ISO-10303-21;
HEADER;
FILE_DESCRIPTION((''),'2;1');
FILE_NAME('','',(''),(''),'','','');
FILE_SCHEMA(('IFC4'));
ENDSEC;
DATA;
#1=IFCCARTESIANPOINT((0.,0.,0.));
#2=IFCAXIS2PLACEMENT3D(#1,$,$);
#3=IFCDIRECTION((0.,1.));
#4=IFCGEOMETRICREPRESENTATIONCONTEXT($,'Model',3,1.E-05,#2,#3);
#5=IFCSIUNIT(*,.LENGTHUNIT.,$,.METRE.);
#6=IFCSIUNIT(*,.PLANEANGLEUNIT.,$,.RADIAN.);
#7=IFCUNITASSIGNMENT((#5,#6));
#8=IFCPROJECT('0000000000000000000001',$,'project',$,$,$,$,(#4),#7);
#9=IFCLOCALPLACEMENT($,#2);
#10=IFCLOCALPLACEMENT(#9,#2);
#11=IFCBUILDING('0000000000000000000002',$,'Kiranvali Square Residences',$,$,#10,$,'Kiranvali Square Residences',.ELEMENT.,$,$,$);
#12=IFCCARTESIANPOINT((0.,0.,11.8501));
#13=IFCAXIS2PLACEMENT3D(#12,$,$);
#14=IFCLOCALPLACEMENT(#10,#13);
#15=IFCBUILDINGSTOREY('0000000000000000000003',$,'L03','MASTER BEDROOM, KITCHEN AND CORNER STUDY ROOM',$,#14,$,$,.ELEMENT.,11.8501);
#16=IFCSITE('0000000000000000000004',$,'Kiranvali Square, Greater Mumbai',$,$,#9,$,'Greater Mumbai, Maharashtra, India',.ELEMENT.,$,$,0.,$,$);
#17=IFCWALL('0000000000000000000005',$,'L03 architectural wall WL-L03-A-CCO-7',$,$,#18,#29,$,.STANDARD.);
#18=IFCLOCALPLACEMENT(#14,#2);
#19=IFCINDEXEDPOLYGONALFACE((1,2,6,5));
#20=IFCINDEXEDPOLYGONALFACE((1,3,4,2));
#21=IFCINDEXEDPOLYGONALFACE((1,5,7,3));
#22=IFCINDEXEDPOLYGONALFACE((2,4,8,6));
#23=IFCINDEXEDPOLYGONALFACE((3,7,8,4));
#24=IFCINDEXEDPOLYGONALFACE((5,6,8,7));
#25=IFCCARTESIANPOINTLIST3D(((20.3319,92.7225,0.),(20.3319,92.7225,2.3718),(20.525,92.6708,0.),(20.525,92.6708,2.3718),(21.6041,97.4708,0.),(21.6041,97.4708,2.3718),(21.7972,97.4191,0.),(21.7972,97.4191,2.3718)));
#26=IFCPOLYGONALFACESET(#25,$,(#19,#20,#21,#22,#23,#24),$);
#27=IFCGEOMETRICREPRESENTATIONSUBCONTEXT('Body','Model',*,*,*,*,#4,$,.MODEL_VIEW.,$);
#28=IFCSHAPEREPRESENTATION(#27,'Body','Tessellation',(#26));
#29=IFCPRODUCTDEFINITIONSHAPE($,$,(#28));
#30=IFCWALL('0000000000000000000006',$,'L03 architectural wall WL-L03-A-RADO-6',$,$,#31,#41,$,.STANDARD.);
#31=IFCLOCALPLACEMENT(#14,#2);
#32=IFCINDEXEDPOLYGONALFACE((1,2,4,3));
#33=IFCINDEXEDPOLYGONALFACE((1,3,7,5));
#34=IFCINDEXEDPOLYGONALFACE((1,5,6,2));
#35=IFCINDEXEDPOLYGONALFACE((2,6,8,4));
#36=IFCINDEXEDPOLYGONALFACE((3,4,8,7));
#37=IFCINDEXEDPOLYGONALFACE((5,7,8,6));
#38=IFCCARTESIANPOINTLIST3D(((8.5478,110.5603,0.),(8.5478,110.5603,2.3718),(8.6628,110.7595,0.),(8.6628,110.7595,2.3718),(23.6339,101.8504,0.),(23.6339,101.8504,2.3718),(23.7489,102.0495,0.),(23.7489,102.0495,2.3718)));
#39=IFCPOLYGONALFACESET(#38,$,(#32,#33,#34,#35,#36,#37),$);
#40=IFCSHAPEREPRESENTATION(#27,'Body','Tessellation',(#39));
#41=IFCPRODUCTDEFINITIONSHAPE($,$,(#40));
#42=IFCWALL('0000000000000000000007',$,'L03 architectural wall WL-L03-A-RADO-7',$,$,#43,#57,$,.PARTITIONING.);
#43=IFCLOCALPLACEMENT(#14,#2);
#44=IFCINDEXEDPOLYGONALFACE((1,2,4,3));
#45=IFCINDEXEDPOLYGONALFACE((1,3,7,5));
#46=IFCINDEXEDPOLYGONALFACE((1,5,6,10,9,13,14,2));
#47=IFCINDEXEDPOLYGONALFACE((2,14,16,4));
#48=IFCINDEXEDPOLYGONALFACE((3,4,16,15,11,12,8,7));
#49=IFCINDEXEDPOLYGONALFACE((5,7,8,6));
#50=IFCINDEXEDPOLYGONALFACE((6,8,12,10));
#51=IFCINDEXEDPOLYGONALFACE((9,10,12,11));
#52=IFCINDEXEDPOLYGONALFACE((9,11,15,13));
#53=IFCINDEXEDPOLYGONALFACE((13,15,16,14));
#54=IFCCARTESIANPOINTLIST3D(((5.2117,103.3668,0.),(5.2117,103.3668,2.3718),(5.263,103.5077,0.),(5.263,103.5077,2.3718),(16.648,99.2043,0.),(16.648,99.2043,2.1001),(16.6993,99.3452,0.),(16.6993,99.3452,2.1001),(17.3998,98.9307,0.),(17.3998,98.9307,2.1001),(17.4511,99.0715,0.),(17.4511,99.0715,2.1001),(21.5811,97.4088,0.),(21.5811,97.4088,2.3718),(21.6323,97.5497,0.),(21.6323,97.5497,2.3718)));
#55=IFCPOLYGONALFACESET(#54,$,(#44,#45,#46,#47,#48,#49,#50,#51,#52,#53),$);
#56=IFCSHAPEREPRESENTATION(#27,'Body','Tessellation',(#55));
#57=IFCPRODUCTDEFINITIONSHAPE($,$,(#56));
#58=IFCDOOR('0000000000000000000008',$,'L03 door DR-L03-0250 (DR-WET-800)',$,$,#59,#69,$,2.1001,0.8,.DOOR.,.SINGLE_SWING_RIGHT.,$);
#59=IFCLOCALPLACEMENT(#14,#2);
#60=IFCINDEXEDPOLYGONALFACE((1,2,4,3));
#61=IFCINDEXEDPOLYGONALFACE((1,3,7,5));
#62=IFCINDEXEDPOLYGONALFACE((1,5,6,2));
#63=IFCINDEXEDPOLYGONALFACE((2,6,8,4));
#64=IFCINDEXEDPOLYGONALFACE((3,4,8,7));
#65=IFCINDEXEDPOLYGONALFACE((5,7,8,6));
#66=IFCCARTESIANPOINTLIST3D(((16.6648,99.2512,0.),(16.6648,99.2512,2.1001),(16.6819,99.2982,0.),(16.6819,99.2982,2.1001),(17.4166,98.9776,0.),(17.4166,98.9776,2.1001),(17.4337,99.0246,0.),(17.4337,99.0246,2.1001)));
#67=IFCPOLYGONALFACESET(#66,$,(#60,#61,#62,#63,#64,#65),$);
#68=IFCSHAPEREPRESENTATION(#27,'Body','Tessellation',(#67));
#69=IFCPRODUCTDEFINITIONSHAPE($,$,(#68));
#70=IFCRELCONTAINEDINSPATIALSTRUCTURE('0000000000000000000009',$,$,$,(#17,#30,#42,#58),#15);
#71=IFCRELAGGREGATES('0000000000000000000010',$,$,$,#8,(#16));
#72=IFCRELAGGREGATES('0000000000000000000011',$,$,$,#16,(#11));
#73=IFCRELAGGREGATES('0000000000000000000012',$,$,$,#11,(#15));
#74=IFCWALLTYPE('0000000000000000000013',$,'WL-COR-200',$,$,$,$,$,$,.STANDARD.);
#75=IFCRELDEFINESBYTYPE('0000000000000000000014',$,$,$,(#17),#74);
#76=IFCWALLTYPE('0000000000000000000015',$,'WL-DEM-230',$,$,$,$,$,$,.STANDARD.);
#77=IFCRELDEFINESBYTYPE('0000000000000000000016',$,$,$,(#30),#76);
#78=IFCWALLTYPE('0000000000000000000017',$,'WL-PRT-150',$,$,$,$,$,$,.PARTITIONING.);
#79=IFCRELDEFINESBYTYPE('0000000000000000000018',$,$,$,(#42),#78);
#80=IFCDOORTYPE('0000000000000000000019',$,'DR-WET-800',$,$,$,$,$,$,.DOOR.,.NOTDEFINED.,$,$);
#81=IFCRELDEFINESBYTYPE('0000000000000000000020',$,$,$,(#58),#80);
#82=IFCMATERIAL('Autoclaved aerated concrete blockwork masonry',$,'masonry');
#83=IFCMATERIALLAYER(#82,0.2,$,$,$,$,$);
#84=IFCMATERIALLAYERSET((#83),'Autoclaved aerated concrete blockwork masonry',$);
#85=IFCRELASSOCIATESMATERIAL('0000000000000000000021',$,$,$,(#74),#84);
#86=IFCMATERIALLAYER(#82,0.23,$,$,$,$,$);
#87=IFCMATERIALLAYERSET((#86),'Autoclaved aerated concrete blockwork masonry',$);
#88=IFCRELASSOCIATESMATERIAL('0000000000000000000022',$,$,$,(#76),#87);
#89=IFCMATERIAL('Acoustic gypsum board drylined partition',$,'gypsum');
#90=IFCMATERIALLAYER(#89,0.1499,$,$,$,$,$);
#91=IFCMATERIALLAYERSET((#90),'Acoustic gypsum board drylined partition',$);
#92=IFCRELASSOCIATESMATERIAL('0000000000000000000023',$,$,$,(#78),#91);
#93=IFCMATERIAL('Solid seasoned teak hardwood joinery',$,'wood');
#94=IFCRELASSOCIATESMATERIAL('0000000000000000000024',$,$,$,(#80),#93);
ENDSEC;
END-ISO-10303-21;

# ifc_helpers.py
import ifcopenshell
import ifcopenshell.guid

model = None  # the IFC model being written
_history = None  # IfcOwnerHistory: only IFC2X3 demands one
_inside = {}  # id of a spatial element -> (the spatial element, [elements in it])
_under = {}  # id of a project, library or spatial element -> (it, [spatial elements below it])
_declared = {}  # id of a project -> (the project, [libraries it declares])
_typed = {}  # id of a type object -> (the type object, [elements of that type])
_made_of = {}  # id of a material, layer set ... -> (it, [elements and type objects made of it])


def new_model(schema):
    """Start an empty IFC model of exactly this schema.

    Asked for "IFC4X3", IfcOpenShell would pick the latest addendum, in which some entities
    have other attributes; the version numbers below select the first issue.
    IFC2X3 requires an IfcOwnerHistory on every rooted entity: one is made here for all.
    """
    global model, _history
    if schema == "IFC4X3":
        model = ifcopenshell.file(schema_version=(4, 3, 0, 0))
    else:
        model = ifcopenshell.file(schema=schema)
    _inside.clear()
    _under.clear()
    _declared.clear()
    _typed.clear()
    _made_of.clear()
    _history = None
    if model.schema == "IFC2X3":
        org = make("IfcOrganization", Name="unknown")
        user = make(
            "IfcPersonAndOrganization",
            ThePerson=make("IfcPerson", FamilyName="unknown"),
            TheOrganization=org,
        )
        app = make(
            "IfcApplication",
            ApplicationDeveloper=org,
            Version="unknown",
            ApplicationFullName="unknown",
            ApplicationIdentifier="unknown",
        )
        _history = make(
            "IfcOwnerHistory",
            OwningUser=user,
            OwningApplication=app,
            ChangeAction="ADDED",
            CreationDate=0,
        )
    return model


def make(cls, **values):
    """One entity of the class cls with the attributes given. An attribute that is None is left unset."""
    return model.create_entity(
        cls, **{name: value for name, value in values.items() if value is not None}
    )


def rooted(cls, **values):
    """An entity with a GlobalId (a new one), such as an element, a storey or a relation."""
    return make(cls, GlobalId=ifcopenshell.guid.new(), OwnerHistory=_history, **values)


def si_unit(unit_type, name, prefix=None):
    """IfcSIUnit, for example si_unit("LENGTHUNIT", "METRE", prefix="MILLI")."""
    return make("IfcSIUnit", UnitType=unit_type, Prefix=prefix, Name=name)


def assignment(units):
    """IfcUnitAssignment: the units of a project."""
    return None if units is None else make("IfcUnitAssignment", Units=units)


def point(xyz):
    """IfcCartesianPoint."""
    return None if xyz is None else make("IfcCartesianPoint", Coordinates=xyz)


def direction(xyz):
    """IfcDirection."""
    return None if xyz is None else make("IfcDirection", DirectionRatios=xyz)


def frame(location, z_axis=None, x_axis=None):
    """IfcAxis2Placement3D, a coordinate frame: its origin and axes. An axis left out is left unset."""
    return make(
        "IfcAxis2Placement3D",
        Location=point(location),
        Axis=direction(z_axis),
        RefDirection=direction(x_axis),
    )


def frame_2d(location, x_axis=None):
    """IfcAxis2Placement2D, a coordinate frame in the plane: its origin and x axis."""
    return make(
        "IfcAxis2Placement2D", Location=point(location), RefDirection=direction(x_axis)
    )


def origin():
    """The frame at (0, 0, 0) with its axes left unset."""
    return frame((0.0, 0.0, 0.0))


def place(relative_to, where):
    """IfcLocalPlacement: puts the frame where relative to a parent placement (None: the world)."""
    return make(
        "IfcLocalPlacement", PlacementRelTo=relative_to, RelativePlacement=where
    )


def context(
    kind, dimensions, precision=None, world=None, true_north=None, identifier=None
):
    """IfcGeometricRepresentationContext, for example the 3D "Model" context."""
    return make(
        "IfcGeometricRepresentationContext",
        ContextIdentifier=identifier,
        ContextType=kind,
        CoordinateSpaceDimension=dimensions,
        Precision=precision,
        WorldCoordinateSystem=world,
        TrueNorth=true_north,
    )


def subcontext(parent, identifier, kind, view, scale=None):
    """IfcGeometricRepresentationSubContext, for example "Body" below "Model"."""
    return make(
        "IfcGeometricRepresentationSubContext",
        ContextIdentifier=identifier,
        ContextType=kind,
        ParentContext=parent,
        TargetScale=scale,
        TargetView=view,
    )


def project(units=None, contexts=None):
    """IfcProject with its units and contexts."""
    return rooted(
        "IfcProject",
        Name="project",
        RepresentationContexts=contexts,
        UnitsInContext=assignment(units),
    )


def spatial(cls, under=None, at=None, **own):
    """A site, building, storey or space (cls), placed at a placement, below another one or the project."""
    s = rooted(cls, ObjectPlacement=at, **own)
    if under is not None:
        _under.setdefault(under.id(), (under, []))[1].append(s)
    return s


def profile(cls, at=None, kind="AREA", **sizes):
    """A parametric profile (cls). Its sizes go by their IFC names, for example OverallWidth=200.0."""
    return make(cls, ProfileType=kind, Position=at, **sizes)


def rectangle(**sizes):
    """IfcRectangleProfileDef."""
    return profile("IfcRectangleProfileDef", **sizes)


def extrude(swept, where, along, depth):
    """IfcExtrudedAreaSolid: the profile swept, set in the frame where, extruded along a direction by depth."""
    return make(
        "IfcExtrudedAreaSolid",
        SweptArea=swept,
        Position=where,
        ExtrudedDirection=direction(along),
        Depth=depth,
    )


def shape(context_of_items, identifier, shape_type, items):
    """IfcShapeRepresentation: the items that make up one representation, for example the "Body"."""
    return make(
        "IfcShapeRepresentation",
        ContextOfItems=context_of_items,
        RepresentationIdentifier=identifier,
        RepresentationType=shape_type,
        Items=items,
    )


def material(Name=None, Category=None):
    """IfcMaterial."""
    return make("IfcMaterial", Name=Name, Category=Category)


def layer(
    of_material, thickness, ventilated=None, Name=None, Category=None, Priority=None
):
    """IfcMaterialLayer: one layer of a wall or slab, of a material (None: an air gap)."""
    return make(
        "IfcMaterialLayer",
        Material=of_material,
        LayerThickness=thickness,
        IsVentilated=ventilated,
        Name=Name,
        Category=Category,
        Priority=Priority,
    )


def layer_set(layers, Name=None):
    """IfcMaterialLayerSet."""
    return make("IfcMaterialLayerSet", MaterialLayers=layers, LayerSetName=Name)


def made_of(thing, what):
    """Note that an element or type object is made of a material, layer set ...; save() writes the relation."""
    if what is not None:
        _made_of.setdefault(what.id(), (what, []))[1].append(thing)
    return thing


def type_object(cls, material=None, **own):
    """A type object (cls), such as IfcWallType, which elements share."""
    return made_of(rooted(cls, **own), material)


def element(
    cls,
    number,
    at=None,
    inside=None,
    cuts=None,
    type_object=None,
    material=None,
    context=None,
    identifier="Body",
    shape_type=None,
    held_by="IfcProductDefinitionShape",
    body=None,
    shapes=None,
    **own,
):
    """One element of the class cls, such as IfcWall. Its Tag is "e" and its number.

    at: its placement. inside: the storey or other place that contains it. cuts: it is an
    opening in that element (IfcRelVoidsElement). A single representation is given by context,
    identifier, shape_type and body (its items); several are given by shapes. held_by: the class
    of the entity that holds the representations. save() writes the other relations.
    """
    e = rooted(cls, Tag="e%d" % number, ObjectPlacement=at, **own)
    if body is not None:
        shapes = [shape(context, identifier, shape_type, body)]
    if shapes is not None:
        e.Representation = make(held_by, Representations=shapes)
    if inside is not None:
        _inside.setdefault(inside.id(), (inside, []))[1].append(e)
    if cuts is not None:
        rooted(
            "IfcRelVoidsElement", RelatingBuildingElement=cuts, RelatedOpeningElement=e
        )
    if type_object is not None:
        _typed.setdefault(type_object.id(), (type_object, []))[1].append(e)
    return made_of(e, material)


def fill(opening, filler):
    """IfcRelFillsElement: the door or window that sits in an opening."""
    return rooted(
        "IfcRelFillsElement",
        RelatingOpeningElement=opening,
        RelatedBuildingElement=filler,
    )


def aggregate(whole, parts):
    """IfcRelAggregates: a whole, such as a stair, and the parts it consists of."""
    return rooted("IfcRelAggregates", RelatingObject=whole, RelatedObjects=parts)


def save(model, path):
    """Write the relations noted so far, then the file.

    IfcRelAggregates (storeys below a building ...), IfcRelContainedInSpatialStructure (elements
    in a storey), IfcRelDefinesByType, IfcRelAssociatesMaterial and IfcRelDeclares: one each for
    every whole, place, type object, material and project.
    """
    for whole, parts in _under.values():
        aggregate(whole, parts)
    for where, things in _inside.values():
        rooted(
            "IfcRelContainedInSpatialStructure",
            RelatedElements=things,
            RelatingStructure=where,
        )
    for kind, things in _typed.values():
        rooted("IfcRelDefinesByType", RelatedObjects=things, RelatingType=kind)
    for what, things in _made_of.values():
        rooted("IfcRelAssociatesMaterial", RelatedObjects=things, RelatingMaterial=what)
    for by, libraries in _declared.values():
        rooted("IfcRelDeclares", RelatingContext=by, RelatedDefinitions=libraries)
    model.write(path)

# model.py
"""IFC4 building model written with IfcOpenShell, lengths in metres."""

from ifc_helpers import new_model, si_unit, direction, frame, frame_2d, origin, place, context, subcontext, project, spatial, rectangle, extrude, material, layer, layer_set, type_object, element, fill, save


model = new_model("IFC4")

# Units and contexts
model_context = context("Model", 3, precision=1e-05, world=origin(), true_north=direction((0.0, 1.0)))
body_context = subcontext(model_context, "Body", "Model", "MODEL_VIEW")
ifc_project = project(units=[si_unit("LENGTHUNIT", "METRE"), si_unit("PLANEANGLEUNIT", "RADIAN")], contexts=[model_context])

# Site, building, storey
site_placement = place(None, origin())
site = spatial("IfcSite", under=ifc_project, at=site_placement, Name="Kiranvali Square, Greater Mumbai", LongName="Greater Mumbai, Maharashtra, India", CompositionType="ELEMENT", RefElevation=0.0)
building_placement = place(site_placement, origin())
building = spatial("IfcBuilding", under=site, at=building_placement, Name="Kiranvali Square Residences", LongName="Kiranvali Square Residences", CompositionType="ELEMENT")
storey_placement = place(building_placement, frame((0.0, 0.0, 11.8501)))
storey = spatial("IfcBuildingStorey", under=building, at=storey_placement, Name="L03", Description="MASTER BEDROOM, KITCHEN AND CORNER STUDY ROOM", CompositionType="ELEMENT", Elevation=11.8501)

# Shared definitions
ifc_material_1 = material(Name="Autoclaved aerated concrete blockwork masonry", Category="masonry")
ifc_layer_1 = layer(ifc_material_1, 0.2)
ifc_layer_set_1 = layer_set([ifc_layer_1], Name="Autoclaved aerated concrete blockwork masonry")
wall_type_1 = type_object("IfcWallType", Name="WL-COR-200", PredefinedType="STANDARD", material=ifc_layer_set_1)

# Walls
wall_1_placement = place(storey_placement, frame((21.7007, 97.4451, 0.0), z_axis=(0.0, 0.0, 1.0), x_axis=(-0.258803, -0.96593, 0.0)))
element("IfcWall", 1, at=wall_1_placement, inside=storey, type_object=wall_type_1, Name="L03 architectural wall WL-L03-A-CCO-7", PredefinedType="STANDARD", context=body_context, shape_type="SweptSolid", body=[
    extrude(rectangle(XDim=4.9158, YDim=0.2, at=frame_2d((2.458, 0.0))), origin(), (0.0, 0.0, 1.0), 2.3718),
])
ifc_layer_2 = layer(ifc_material_1, 0.23)
ifc_layer_set_2 = layer_set([ifc_layer_2], Name="Autoclaved aerated concrete blockwork masonry")
wall_type_2 = type_object("IfcWallType", Name="WL-DEM-230", PredefinedType="STANDARD", material=ifc_layer_set_2)
wall_2_placement = place(storey_placement, frame((23.6914, 101.95, 0.0), z_axis=(0.0, 0.0, 1.0), x_axis=(-0.866027, 0.499998, 0.0)))
element("IfcWall", 2, at=wall_2_placement, inside=storey, type_object=wall_type_2, Name="L03 architectural wall WL-L03-A-RADO-6", PredefinedType="STANDARD", context=body_context, shape_type="SweptSolid", body=[
    extrude(rectangle(XDim=17.4199, YDim=0.23, at=frame_2d((8.71, 0.0))), origin(), (0.0, 0.0, 1.0), 2.3718),
])

# Wall, opening, door
ifc_material_2 = material(Name="Acoustic gypsum board drylined partition", Category="gypsum")
ifc_layer_3 = layer(ifc_material_2, 0.1499)
ifc_layer_set_3 = layer_set([ifc_layer_3], Name="Acoustic gypsum board drylined partition")
wall_type_3 = type_object("IfcWallType", Name="WL-PRT-150", PredefinedType="PARTITIONING", material=ifc_layer_set_3)
wall_3_placement = place(storey_placement, frame((21.6067, 97.4792, 0.0), z_axis=(0.0, 0.0, 1.0), x_axis=(-0.939692, 0.342022, 0.0)))
wall_3 = element("IfcWall", 3, at=wall_3_placement, inside=storey, type_object=wall_type_3, Name="L03 architectural wall WL-L03-A-RADO-7", PredefinedType="PARTITIONING", context=body_context, shape_type="SweptSolid", body=[
    extrude(rectangle(XDim=17.4199, YDim=0.1499, at=frame_2d((8.71, 0.0))), origin(), (0.0, 0.0, 1.0), 2.3718),
])
opening_1_placement = place(wall_3_placement, frame((4.4497, 0.0, 0.0)))
opening_1 = element("IfcOpeningElement", 4, at=opening_1_placement, cuts=wall_3, PredefinedType="OPENING", context=body_context, shape_type="SweptSolid", body=[
    extrude(rectangle(XDim=0.8, YDim=2.1001, at=frame_2d((0.3999, 1.05))), frame((0.0, 0.085, 0.0), z_axis=(0.0, -1.0, 0.0), x_axis=(1.0, 0.0, 0.0)), (0.0, 0.0, 1.0), 0.1699),
])
ifc_material_3 = material(Name="Solid seasoned teak hardwood joinery", Category="wood")
door_type_1 = type_object("IfcDoorType", Name="DR-WET-800", OperationType="NOTDEFINED", PredefinedType="DOOR", material=ifc_material_3)
door_1_placement = place(opening_1_placement, frame((0.8, 0.0, 0.0), z_axis=(0.0, 0.0, 1.0), x_axis=(-1.0, 0.0, 0.0)))
door_1 = element("IfcDoor", 5, at=door_1_placement, inside=storey, type_object=door_type_1, Name="L03 door DR-L03-0250 (DR-WET-800)", OperationType="SINGLE_SWING_RIGHT", OverallHeight=2.1001, OverallWidth=0.8, PredefinedType="DOOR", context=body_context, shape_type="SweptSolid", body=[
    extrude(rectangle(XDim=0.8, YDim=2.1001, at=frame_2d((0.3999, 1.05))), frame((0.0, 0.0249, 0.0), z_axis=(0.0, -1.0, 0.0), x_axis=(1.0, 0.0, 0.0)), (0.0, 0.0, 1.0), 0.05),
])
fill(opening_1, door_1)

save(model, "model.ifc")
